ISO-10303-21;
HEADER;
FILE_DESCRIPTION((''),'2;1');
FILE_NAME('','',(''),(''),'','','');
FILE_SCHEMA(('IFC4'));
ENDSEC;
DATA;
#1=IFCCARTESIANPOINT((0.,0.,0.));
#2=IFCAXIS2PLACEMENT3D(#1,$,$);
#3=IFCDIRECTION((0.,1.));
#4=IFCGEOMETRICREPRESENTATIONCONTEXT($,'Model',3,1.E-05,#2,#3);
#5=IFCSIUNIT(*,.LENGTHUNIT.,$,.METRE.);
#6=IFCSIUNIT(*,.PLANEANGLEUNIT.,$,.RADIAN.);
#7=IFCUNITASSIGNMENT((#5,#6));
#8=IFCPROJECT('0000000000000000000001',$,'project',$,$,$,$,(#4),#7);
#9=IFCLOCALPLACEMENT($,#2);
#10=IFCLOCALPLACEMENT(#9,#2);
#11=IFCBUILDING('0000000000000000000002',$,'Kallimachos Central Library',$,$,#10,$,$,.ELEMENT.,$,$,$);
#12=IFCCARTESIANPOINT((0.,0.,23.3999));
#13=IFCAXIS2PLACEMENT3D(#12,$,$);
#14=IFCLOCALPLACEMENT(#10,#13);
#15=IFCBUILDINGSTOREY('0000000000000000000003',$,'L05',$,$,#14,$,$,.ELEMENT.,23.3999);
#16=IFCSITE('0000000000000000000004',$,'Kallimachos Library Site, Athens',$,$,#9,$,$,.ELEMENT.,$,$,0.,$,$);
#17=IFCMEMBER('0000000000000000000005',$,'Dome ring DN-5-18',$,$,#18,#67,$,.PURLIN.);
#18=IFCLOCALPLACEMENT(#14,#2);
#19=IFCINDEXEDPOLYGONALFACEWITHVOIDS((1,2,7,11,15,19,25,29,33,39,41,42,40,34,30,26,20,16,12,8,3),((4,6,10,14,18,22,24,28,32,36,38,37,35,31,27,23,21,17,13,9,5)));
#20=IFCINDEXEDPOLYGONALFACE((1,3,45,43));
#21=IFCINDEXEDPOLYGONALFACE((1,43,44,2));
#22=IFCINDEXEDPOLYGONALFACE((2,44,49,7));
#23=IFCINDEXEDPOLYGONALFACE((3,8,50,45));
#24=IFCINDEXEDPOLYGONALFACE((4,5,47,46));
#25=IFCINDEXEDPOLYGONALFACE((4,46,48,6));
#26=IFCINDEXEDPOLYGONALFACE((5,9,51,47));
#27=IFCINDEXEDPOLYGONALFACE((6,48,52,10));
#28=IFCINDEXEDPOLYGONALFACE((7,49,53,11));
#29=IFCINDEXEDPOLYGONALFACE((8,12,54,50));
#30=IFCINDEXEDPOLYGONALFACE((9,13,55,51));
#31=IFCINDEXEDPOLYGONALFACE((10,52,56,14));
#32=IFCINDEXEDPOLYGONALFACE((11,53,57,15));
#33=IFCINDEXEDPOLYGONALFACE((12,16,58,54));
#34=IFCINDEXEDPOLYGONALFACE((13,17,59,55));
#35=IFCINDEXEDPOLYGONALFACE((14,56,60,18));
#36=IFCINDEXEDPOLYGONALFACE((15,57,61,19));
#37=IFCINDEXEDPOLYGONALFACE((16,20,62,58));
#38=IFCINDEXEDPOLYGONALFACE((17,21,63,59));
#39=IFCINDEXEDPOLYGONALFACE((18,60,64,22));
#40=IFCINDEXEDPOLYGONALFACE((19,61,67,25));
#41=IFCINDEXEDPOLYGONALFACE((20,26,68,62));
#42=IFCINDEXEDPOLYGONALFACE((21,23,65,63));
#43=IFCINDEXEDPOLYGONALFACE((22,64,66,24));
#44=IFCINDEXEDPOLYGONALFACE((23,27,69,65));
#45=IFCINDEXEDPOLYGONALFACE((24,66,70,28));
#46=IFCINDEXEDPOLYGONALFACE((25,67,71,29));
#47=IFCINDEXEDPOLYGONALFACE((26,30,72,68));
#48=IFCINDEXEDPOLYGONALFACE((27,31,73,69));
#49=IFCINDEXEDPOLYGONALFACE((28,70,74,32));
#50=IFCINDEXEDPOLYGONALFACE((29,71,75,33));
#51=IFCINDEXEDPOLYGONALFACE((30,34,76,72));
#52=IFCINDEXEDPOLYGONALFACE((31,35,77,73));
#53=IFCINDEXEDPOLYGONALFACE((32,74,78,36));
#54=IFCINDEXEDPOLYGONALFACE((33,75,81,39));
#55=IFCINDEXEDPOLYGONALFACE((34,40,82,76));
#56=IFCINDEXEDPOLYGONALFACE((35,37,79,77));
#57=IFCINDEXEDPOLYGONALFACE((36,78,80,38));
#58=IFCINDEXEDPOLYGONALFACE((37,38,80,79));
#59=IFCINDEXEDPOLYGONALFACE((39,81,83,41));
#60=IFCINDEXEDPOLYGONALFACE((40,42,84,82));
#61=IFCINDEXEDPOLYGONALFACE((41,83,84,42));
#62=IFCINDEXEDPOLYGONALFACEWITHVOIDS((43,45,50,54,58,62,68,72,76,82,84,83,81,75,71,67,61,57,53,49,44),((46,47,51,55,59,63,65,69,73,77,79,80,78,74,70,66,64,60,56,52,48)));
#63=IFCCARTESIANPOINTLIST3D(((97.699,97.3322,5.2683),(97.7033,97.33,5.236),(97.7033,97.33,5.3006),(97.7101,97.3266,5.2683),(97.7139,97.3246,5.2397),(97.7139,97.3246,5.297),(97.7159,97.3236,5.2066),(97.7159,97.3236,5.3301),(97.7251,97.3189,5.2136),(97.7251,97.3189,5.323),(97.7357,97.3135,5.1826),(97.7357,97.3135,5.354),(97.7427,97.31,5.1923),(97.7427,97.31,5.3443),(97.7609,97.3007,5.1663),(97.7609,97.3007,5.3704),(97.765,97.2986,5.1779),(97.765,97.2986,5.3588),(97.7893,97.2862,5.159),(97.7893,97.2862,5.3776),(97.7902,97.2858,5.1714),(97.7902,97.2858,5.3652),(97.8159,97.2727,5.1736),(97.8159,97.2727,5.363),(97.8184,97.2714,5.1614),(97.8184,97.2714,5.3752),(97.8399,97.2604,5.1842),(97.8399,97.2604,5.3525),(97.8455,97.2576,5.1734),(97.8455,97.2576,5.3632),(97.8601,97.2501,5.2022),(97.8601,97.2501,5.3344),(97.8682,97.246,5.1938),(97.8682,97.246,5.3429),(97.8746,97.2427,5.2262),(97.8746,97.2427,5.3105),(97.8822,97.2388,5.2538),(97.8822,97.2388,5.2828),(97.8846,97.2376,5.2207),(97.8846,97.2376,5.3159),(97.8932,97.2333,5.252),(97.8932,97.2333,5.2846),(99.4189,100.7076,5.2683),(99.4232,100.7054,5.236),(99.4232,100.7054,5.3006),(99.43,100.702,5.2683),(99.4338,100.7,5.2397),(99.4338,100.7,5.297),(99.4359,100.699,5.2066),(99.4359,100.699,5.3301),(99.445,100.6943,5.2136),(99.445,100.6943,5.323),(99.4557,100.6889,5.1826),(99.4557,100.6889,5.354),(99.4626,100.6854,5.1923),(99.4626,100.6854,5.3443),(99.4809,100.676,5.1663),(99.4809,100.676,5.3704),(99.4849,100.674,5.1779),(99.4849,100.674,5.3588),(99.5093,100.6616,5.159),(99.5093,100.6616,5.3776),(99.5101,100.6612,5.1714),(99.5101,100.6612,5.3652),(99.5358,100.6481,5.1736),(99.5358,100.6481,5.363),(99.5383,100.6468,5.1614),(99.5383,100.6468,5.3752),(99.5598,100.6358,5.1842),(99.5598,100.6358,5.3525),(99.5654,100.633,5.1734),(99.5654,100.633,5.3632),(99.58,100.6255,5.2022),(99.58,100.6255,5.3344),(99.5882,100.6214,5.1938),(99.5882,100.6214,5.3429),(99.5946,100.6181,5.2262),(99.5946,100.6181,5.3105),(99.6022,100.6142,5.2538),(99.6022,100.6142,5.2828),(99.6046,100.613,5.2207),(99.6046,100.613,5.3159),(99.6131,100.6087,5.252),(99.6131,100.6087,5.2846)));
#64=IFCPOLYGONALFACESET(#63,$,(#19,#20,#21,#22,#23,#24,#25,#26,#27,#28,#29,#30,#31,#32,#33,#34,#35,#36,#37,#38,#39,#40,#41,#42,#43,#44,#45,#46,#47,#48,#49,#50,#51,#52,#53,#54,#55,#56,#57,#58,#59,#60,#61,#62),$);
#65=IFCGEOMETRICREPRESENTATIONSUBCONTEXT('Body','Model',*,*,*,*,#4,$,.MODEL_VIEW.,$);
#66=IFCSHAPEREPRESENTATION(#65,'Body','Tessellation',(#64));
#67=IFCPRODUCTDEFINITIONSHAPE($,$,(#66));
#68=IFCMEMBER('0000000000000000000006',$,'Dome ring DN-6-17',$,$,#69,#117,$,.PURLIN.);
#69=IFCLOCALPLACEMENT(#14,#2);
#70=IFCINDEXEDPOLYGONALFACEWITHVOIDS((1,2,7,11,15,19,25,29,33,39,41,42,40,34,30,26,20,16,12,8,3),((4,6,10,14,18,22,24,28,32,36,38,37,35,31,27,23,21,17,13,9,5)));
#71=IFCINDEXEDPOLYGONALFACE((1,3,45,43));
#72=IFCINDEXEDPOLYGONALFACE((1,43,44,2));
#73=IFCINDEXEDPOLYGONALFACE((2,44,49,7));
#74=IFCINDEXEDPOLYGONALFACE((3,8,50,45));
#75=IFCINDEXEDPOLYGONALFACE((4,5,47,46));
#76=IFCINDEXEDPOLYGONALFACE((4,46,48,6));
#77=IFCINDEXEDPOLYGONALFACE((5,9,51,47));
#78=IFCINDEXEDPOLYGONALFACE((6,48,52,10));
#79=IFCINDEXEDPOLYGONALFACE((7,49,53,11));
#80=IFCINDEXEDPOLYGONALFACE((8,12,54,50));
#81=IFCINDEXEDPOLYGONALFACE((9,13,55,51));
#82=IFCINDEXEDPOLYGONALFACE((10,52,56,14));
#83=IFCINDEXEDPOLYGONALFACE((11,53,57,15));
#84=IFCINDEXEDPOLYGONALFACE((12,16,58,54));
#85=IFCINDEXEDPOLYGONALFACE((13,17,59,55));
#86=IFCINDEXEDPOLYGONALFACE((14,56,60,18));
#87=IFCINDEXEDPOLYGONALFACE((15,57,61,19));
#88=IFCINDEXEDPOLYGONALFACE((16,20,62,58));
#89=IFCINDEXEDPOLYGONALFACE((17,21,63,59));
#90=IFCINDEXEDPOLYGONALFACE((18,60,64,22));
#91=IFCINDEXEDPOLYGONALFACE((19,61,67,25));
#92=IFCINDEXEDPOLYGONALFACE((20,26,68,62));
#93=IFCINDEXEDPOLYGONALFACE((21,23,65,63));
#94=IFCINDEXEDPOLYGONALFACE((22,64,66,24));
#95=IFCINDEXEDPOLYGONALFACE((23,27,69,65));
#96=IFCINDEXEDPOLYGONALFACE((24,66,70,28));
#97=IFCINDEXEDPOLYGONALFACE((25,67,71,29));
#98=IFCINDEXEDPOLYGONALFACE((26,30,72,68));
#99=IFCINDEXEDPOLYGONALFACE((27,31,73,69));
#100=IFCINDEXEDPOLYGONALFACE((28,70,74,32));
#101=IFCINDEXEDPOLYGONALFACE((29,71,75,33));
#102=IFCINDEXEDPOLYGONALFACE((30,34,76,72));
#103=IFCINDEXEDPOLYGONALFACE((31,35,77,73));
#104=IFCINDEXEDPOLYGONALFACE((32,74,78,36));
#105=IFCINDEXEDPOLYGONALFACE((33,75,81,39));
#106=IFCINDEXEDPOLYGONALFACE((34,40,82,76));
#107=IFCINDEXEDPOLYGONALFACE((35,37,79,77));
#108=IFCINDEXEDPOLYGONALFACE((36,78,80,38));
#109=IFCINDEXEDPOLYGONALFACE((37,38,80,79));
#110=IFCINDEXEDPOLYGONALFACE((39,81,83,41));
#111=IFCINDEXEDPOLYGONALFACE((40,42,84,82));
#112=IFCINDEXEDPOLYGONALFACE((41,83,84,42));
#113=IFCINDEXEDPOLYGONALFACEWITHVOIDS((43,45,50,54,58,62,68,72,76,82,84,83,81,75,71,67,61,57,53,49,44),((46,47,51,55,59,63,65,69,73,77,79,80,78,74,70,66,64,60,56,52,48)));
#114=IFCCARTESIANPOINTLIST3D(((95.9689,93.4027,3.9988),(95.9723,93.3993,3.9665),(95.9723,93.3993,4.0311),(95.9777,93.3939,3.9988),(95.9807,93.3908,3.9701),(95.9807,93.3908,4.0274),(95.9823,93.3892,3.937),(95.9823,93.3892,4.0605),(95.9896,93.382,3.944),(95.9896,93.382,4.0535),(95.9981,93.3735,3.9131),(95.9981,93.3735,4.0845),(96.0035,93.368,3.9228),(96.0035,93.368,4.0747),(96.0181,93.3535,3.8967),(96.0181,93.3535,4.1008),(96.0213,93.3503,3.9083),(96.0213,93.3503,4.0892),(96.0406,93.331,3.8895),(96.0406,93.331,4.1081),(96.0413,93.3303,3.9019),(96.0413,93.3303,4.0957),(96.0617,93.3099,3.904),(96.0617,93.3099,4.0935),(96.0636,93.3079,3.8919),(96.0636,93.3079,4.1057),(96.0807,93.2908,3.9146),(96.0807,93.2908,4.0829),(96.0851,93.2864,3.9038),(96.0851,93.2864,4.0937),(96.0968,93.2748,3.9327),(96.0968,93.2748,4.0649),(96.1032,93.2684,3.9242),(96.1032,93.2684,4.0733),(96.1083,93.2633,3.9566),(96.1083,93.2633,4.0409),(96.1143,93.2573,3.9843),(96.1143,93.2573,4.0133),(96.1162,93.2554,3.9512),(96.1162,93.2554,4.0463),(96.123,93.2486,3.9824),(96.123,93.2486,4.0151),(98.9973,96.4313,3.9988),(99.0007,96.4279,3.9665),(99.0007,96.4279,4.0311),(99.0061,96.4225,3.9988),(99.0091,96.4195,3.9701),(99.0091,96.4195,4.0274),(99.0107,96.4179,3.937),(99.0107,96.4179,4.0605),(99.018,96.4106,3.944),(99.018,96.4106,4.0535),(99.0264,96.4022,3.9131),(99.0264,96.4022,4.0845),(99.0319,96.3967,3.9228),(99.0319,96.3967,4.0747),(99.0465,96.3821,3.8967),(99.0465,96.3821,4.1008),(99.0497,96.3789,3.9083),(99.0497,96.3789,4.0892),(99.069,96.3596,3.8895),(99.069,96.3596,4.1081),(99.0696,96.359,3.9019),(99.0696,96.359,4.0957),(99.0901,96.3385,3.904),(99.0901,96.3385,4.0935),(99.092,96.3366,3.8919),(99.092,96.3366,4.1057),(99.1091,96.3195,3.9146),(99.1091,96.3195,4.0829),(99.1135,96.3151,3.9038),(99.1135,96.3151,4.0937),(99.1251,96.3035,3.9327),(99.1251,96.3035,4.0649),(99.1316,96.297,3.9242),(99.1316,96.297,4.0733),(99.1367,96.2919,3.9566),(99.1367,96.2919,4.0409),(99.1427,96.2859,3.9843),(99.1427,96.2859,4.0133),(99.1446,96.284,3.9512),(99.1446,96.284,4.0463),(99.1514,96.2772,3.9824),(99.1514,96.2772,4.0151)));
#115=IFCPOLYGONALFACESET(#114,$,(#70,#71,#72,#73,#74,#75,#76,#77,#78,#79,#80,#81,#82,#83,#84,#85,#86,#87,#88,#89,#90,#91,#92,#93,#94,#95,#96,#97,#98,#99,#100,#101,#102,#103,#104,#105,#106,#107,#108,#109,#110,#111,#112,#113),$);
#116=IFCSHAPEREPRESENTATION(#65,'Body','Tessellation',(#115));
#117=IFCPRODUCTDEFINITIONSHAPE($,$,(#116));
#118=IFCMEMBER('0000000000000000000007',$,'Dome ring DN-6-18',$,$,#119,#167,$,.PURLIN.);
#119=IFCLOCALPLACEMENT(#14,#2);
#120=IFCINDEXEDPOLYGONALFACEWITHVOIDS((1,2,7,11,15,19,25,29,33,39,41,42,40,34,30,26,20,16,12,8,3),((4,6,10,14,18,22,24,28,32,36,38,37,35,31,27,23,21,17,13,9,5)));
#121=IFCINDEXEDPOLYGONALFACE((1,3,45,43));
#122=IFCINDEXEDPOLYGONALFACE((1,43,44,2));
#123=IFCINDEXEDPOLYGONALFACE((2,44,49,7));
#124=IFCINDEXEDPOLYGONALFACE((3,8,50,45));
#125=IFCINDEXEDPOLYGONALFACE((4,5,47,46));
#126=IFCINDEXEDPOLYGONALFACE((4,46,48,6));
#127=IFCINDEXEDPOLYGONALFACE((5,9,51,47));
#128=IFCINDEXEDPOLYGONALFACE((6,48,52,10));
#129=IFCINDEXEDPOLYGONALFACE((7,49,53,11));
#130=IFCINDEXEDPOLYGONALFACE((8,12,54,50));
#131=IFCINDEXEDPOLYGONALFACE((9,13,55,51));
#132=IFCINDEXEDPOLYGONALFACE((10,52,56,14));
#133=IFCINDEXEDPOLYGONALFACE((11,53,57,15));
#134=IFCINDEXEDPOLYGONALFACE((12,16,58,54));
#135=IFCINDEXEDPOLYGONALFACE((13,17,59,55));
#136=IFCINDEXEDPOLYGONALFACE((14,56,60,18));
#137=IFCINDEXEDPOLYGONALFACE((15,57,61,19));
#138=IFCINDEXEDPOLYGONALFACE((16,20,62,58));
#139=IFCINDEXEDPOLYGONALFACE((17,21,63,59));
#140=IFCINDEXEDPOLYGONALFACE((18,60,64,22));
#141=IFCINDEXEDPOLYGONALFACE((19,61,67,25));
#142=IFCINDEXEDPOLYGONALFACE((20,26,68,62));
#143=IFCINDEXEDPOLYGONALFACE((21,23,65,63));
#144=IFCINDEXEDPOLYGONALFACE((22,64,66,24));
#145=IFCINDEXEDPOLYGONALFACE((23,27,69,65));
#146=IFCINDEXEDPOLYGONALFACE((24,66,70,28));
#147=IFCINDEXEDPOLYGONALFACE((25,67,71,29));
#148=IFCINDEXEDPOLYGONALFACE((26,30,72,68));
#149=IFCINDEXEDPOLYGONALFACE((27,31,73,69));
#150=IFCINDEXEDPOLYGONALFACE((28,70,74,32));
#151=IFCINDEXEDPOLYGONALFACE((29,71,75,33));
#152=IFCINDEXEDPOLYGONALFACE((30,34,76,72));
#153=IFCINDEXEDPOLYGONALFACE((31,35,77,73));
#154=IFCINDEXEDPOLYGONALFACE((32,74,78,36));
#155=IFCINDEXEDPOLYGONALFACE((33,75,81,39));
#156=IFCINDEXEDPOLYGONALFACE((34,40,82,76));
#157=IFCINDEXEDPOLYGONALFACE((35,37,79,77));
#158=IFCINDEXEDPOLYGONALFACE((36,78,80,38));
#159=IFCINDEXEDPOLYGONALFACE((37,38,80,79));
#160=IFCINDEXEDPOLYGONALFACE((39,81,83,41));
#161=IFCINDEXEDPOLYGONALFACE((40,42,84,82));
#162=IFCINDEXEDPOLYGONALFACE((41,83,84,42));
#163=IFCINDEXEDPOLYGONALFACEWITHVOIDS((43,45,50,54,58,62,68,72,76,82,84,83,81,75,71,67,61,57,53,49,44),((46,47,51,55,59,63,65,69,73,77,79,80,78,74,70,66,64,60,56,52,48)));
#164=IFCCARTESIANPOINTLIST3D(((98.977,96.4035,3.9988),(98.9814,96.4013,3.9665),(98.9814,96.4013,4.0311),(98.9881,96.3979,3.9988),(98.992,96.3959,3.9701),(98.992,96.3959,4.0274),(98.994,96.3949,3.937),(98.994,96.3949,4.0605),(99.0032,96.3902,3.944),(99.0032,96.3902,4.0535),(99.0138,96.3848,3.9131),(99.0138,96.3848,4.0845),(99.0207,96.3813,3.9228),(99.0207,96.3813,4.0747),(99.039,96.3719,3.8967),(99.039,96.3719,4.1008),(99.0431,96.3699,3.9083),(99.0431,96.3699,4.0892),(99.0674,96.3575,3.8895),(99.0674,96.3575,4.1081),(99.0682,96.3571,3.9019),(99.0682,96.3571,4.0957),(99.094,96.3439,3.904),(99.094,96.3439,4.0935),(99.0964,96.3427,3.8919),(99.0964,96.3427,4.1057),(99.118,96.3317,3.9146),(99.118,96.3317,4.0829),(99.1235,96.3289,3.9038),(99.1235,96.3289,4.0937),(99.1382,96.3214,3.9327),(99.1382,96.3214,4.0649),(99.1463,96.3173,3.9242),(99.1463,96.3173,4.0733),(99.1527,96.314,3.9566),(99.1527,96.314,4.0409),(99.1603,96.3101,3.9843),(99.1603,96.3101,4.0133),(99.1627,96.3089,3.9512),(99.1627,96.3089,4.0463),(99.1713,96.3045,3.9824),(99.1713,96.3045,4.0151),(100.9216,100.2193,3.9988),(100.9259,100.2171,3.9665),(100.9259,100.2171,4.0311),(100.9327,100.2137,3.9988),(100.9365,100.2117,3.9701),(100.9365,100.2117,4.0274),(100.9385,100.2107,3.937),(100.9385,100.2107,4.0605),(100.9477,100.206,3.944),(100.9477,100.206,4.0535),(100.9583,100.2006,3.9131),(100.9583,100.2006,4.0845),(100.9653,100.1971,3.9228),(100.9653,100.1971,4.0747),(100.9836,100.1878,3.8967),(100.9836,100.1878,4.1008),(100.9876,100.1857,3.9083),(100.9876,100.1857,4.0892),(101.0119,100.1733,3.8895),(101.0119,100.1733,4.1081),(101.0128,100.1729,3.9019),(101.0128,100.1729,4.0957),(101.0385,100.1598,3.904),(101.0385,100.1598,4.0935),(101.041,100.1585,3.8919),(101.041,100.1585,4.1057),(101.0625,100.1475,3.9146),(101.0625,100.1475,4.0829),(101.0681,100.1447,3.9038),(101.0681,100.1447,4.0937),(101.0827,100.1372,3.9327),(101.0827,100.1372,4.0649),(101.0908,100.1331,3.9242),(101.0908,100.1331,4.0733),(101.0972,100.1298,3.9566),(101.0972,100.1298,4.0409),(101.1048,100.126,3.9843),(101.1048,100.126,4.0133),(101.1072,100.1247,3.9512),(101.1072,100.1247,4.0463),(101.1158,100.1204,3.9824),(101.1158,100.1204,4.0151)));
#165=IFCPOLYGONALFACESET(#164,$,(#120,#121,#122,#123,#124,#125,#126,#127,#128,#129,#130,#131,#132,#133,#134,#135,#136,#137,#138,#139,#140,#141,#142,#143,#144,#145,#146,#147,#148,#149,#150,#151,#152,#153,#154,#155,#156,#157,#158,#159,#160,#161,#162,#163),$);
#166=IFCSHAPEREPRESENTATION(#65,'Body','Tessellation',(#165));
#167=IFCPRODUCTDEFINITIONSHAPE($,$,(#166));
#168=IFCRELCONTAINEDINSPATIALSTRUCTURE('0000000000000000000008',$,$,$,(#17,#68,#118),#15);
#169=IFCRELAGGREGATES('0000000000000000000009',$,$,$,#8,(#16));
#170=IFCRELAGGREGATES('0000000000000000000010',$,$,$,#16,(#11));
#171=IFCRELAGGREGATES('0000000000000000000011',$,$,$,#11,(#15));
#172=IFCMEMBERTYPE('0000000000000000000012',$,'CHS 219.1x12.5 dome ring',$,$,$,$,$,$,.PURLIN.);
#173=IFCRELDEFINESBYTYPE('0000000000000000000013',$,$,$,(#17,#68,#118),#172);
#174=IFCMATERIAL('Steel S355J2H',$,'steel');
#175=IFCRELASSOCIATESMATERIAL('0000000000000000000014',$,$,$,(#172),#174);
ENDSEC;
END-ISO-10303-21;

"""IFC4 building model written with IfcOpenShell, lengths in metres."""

from ifc_helpers import new_model, si_unit, direction, frame, origin, origin_2d, place, context, subcontext, project, spatial, hollow_circle, extrude, material, material_profile, profile_set, type_object, element, save


model = new_model("IFC4")

# Units and contexts
model_context = context("Model", 3, precision=1e-05, world=origin(), true_north=direction((0.0, 1.0)))
body_context = subcontext(model_context, "Body", "Model", "MODEL_VIEW")
ifc_project = project(units=[si_unit("LENGTHUNIT", "METRE"), si_unit("PLANEANGLEUNIT", "RADIAN")], contexts=[model_context])

# Site, building, storey
site_placement = place(None, origin())
site = spatial("IfcSite", under=ifc_project, at=site_placement, Name="Kallimachos Library Site, Athens", CompositionType="ELEMENT", RefElevation=0.0)
building_placement = place(site_placement, origin())
building = spatial("IfcBuilding", under=site, at=building_placement, Name="Kallimachos Central Library", CompositionType="ELEMENT")
storey_placement = place(building_placement, frame((0.0, 0.0, 23.3999)))
storey = spatial("IfcBuildingStorey", under=building, at=storey_placement, Name="L05", CompositionType="ELEMENT", Elevation=23.3999)

# Members
ifc_material_1 = material(Name="Steel S355J2H", Category="steel")
ifc_material_profile_1 = material_profile(ifc_material_1, hollow_circle(Radius=0.1096, WallThickness=0.0125, at=origin_2d()), Name="CHS 219.1x12.5")
ifc_profile_set_1 = profile_set([ifc_material_profile_1], Name="Steel S355J2H")
member_type_1 = type_object("IfcMemberType", Name="CHS 219.1x12.5 dome ring", PredefinedType="PURLIN", material=ifc_profile_set_1)
member_1_placement = place(storey_placement, frame((97.7966, 97.2825, 5.2683), z_axis=(0.454006, 0.890999, 0.0), x_axis=(-0.890999, 0.454006, 0.0)))
element("IfcMember", 1, at=member_1_placement, inside=storey, type_object=member_type_1, Name="Dome ring DN-5-18", PredefinedType="PURLIN", context=body_context, shape_type="SweptSolid", body=[
    extrude(hollow_circle(Radius=0.1096, WallThickness=0.0125, at=origin_2d()), origin(), (0.0, 0.0, 1.0), 3.7883),
])
member_2_placement = place(storey_placement, frame((96.0464, 93.3252, 3.9988), z_axis=(0.707078, 0.707135, 0.0), x_axis=(-0.707135, 0.707078, 0.0)))
element("IfcMember", 2, at=member_2_placement, inside=storey, type_object=member_type_1, Name="Dome ring DN-6-17", PredefinedType="PURLIN", context=body_context, shape_type="SweptSolid", body=[
    extrude(hollow_circle(Radius=0.1096, WallThickness=0.0125, at=origin_2d()), origin(), (0.0, 0.0, 1.0), 4.283),
])
member_3_placement = place(storey_placement, frame((99.0747, 96.3538, 3.9988), z_axis=(0.454041, 0.890981, 0.0), x_axis=(-0.890981, 0.454041, 0.0)))
element("IfcMember", 3, at=member_3_placement, inside=storey, type_object=member_type_1, Name="Dome ring DN-6-18", PredefinedType="PURLIN", context=body_context, shape_type="SweptSolid", body=[
    extrude(hollow_circle(Radius=0.1096, WallThickness=0.0125, at=origin_2d()), origin(), (0.0, 0.0, 1.0), 4.2827),
])

save(model, "model.ifc")
